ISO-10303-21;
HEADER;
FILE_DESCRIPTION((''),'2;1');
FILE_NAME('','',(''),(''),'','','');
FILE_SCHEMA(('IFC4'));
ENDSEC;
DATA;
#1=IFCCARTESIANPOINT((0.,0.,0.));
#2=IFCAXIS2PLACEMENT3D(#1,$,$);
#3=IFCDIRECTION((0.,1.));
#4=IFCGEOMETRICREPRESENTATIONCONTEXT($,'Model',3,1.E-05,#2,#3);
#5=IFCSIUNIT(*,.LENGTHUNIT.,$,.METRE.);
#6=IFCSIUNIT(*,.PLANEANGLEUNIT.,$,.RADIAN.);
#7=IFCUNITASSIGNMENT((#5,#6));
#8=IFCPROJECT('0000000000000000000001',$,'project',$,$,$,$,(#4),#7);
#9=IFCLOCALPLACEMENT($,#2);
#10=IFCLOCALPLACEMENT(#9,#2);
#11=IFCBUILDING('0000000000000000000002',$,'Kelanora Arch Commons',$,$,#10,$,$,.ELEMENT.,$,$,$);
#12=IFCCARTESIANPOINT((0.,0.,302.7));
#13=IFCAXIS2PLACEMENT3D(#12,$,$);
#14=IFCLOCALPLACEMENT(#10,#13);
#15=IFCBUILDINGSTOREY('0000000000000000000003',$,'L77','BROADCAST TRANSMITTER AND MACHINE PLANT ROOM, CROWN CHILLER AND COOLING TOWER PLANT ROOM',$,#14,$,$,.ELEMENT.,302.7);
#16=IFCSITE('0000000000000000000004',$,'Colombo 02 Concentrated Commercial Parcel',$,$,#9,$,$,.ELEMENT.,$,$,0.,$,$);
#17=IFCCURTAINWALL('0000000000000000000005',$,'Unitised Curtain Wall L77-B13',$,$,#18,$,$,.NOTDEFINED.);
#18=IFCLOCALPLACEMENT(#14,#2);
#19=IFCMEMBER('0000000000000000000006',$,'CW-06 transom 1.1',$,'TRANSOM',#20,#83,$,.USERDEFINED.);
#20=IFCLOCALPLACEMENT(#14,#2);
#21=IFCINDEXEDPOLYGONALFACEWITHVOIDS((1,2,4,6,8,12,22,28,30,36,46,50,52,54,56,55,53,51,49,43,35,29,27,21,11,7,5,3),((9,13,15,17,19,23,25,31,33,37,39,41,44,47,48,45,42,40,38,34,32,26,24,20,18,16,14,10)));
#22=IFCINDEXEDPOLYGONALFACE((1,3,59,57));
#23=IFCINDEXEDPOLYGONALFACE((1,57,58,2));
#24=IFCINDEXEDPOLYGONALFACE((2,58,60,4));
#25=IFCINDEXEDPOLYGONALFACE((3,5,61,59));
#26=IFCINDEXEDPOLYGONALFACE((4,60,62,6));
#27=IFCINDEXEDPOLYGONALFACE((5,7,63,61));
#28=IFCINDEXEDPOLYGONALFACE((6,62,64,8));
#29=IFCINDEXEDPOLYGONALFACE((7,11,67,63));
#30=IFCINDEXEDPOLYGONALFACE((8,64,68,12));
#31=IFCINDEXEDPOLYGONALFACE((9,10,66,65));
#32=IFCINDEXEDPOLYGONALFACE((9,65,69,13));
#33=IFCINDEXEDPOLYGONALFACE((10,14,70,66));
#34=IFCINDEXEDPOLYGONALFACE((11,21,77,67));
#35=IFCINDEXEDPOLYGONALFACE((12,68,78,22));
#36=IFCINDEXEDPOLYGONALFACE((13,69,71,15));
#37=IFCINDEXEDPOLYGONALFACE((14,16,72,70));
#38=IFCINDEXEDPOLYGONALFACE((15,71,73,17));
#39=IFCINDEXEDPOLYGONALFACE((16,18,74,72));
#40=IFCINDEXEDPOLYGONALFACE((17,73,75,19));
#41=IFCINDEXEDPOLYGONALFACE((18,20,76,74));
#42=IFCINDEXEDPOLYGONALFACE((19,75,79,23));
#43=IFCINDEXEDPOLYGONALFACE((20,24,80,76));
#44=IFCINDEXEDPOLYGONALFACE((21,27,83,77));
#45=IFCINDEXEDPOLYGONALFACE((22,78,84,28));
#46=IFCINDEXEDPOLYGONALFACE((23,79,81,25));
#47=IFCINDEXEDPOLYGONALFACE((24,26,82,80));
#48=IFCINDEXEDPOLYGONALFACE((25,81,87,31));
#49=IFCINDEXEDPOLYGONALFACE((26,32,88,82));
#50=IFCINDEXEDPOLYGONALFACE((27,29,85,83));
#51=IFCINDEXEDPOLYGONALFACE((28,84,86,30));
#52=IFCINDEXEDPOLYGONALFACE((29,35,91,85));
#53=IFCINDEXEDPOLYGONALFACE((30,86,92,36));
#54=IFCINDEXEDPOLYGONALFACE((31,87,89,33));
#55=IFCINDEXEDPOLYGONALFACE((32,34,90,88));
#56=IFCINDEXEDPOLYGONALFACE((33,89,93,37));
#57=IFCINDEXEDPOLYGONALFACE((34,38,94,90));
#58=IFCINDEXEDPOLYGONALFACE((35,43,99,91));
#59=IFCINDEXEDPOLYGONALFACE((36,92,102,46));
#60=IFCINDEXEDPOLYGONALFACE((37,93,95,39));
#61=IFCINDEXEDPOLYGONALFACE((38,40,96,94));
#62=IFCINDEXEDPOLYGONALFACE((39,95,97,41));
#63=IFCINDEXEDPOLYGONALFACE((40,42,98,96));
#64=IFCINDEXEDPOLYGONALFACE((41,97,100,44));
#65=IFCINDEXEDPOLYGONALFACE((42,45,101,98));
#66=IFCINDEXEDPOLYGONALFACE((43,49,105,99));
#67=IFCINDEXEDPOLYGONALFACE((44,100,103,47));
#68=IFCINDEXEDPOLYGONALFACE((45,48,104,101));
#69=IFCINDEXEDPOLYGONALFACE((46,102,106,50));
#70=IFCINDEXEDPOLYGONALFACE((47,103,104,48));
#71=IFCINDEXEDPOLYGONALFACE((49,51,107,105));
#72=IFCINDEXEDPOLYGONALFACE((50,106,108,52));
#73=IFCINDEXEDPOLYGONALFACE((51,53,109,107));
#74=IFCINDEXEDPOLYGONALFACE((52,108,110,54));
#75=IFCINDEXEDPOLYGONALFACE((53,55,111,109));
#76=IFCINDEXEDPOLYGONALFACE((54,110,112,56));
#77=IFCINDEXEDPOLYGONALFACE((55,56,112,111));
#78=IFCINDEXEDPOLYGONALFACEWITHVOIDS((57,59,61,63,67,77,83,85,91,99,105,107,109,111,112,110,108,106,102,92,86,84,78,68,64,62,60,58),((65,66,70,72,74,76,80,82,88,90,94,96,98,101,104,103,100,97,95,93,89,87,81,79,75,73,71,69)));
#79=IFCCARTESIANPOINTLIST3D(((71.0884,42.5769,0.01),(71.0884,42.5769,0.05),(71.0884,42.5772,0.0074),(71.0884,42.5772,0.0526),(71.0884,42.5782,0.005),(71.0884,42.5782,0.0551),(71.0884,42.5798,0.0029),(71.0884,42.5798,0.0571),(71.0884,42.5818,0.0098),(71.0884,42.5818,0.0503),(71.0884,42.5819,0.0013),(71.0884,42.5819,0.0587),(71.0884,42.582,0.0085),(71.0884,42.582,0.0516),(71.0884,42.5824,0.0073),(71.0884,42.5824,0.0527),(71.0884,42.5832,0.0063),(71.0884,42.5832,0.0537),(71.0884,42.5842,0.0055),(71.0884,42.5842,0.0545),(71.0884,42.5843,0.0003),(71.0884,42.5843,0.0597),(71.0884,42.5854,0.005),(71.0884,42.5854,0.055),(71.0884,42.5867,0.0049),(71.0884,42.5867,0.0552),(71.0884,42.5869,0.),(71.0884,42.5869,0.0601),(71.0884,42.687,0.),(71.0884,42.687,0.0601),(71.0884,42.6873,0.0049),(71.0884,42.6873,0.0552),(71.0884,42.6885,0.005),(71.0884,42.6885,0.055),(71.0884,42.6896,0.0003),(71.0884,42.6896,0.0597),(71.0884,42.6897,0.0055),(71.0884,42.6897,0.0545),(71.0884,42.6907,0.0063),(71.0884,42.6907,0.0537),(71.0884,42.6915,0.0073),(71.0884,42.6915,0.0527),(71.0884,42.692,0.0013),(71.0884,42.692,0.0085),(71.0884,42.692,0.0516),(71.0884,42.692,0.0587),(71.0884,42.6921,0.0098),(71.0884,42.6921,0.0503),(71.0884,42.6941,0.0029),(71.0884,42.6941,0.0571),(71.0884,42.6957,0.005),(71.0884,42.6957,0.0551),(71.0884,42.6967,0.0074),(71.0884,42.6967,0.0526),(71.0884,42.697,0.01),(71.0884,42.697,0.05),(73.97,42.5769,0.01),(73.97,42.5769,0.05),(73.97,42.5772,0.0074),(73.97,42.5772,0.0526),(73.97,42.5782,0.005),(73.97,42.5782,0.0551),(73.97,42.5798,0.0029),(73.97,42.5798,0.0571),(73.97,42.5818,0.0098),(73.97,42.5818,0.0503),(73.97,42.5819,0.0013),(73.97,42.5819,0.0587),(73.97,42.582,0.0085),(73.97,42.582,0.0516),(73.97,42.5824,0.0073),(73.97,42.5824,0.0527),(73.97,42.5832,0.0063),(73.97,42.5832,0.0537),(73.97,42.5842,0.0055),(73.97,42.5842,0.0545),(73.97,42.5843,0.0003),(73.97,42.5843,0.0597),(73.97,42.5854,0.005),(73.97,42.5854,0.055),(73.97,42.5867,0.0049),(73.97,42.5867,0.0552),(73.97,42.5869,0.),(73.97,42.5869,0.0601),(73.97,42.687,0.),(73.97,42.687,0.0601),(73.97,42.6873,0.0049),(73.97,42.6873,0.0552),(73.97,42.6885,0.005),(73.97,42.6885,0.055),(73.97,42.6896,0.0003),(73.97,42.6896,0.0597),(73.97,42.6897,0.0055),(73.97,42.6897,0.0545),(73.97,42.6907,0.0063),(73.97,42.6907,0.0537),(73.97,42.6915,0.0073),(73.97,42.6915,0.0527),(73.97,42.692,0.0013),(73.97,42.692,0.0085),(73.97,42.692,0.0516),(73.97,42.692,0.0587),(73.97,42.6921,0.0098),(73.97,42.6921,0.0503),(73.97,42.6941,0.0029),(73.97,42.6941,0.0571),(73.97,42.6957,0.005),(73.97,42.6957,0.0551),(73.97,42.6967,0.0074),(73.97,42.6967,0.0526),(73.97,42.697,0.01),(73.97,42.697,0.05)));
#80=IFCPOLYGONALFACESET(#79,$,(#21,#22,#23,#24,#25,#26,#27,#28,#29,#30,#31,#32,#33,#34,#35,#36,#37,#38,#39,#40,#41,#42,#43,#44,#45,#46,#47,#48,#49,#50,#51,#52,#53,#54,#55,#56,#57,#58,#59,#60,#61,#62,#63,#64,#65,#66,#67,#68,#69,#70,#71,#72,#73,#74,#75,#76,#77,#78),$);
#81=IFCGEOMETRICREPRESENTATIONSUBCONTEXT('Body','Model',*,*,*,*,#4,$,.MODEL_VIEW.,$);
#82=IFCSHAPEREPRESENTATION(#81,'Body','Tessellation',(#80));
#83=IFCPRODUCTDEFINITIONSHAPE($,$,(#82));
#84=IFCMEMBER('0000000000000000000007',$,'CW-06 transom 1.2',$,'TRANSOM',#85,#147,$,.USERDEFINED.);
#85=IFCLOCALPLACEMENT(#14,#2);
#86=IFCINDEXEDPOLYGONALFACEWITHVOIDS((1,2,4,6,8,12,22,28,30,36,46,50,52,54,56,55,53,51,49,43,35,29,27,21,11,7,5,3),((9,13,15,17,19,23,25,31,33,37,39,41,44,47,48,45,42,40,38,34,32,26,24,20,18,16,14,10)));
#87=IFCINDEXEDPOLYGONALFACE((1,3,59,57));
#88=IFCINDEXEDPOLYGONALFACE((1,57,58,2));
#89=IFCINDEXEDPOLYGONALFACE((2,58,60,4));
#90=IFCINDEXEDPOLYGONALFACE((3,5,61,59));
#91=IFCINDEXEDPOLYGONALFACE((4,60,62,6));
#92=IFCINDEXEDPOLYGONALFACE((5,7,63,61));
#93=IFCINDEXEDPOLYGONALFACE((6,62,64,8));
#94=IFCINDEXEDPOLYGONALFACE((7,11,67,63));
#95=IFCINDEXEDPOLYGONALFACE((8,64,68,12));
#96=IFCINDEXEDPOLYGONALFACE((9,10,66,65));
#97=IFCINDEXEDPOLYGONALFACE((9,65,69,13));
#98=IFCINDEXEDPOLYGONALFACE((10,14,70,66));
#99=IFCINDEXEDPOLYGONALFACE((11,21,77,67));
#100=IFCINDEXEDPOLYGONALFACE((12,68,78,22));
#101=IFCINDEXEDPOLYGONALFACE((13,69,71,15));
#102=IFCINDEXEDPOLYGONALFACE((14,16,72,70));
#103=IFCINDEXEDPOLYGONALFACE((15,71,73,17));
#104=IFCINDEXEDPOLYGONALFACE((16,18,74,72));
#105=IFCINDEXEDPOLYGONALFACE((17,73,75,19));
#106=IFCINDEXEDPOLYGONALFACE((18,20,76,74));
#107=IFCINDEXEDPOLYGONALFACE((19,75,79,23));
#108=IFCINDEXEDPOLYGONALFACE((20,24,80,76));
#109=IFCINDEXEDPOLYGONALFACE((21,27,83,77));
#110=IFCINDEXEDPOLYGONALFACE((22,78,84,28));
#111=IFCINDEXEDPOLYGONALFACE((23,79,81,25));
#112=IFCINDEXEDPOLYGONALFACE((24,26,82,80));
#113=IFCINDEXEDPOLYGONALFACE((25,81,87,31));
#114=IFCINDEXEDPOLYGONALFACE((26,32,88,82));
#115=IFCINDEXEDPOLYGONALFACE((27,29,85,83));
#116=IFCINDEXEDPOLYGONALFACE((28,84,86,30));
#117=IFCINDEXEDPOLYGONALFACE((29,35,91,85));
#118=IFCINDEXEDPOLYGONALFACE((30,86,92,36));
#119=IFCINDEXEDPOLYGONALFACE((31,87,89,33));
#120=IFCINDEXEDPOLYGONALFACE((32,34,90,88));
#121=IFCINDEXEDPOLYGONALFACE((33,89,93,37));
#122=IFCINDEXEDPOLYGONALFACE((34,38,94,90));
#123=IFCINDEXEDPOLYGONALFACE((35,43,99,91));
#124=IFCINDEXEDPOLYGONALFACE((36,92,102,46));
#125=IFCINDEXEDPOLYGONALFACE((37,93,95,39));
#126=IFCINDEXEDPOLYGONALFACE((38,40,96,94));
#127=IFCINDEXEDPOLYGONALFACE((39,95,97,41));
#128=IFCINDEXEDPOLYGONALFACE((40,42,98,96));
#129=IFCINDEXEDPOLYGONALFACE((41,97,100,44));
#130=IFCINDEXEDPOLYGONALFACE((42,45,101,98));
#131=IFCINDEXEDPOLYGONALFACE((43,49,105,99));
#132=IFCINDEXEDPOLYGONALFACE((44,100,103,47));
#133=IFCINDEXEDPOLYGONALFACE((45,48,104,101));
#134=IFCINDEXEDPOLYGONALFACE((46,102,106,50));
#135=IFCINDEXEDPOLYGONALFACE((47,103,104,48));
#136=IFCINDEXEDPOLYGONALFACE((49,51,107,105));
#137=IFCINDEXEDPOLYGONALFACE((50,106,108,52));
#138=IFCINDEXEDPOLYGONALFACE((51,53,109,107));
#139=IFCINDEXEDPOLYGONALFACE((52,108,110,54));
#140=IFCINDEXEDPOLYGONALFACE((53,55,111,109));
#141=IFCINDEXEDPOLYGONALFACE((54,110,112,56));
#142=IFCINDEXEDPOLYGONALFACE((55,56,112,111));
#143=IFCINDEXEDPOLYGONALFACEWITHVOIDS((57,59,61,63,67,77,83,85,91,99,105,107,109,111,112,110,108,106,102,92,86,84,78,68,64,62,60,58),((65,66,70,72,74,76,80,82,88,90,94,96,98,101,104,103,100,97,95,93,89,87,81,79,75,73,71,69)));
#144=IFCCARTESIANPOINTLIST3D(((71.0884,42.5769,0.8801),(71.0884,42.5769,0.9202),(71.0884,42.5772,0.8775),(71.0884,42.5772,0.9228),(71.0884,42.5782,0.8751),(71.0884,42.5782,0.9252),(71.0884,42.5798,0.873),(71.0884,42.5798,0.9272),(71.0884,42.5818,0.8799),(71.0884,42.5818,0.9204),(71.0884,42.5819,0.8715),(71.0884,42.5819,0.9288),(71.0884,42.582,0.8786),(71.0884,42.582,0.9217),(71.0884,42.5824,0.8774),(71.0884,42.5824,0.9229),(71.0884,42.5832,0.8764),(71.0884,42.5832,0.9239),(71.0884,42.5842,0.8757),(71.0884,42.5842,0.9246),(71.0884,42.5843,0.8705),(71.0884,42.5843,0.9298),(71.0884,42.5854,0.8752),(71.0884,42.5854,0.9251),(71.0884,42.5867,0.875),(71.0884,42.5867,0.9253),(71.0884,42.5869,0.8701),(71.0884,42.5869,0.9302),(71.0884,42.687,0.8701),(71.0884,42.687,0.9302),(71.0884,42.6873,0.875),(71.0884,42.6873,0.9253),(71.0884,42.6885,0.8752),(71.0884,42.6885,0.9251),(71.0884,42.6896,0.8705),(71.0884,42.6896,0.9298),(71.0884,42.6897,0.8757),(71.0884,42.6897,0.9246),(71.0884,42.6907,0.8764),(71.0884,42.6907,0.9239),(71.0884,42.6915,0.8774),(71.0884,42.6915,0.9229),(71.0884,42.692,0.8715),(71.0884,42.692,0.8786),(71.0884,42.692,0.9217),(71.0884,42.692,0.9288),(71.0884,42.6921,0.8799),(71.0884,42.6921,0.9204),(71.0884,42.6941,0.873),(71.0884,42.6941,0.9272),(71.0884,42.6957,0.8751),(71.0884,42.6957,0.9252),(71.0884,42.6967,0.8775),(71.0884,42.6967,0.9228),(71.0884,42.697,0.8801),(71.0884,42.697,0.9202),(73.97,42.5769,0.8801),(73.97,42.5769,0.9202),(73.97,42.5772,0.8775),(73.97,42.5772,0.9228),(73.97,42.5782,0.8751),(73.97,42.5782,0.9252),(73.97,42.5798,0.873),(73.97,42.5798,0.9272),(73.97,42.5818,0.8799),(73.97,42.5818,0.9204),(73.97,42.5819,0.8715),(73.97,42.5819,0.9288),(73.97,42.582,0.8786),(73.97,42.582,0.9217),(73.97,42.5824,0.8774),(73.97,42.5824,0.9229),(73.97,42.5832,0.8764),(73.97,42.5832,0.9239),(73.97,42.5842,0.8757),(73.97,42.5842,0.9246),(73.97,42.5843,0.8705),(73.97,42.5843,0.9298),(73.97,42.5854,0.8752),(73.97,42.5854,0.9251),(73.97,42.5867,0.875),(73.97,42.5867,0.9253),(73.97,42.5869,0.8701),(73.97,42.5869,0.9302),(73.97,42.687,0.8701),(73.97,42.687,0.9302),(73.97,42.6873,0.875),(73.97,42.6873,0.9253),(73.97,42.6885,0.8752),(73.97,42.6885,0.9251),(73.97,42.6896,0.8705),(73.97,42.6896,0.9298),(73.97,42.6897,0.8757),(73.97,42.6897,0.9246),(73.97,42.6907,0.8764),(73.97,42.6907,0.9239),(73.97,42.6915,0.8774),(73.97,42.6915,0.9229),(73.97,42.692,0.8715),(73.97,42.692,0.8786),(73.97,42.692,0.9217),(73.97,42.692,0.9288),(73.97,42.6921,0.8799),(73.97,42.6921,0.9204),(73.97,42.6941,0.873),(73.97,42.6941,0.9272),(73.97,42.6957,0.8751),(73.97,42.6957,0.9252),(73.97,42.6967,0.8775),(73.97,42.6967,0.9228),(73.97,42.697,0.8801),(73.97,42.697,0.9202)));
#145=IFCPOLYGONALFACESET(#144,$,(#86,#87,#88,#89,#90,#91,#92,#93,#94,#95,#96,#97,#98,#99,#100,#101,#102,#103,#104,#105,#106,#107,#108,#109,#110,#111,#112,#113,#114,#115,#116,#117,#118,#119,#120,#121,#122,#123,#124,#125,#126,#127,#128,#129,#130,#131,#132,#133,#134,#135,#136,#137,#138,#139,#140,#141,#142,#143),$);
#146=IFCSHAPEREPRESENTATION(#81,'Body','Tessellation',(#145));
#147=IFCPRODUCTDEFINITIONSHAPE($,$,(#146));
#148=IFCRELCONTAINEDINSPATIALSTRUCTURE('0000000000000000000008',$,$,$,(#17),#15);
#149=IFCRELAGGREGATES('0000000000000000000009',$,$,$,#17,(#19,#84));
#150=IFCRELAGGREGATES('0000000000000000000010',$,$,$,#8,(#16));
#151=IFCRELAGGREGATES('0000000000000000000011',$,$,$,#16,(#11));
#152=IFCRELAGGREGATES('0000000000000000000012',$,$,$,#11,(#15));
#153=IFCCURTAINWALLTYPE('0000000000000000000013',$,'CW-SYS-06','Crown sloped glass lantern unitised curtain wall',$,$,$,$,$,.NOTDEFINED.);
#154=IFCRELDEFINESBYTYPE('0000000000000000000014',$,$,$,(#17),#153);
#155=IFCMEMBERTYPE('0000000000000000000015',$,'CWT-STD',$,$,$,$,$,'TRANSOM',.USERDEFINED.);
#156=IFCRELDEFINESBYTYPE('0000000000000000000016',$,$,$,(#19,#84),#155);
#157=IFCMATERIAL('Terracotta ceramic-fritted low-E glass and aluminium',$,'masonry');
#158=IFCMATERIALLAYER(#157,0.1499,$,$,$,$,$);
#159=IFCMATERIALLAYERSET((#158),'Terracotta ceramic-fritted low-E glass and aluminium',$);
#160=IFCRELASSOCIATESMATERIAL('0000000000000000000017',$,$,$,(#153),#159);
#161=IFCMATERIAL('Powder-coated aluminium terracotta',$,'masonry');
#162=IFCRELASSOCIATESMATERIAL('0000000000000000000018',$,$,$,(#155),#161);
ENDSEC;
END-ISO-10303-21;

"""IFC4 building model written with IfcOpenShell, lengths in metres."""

from ifc_helpers import new_model, si_unit, direction, frame, origin, origin_2d, place, context, subcontext, project, spatial, hollow_rectangle, extrude, material, layer, layer_set, material_profile, profile_set, type_object, element, aggregate, save


model = new_model("IFC4")

# Units and contexts
model_context = context("Model", 3, precision=1e-05, world=origin(), true_north=direction((0.0, 1.0)))
body_context = subcontext(model_context, "Body", "Model", "MODEL_VIEW")
ifc_project = project(units=[si_unit("LENGTHUNIT", "METRE"), si_unit("PLANEANGLEUNIT", "RADIAN")], contexts=[model_context])

# Site, building, storey
site_placement = place(None, origin())
site = spatial("IfcSite", under=ifc_project, at=site_placement, Name="Colombo 02 Concentrated Commercial Parcel", CompositionType="ELEMENT", RefElevation=0.0)
building_placement = place(site_placement, origin())
building = spatial("IfcBuilding", under=site, at=building_placement, Name="Kelanora Arch Commons", CompositionType="ELEMENT")
storey_placement = place(building_placement, frame((0.0, 0.0, 302.7)))
storey = spatial("IfcBuildingStorey", under=building, at=storey_placement, Name="L77", Description="BROADCAST TRANSMITTER AND MACHINE PLANT ROOM, CROWN CHILLER AND COOLING TOWER PLANT ROOM", CompositionType="ELEMENT", Elevation=302.7)

# Curtain wall
ifc_material_1 = material(Name="Terracotta ceramic-fritted low-E glass and aluminium", Category="masonry")
ifc_layer_1 = layer(ifc_material_1, 0.1499)
ifc_layer_set_1 = layer_set([ifc_layer_1], Name="Terracotta ceramic-fritted low-E glass and aluminium")
curtain_wall_type = type_object("IfcCurtainWallType", Name="CW-SYS-06", Description="Crown sloped glass lantern unitised curtain wall", PredefinedType="NOTDEFINED", material=ifc_layer_set_1)
ifc_material_2 = material(Name="Powder-coated aluminium terracotta", Category="masonry")
curtain_wall_1_placement = place(storey_placement, origin())
curtain_wall_1 = element("IfcCurtainWall", 1, at=curtain_wall_1_placement, inside=storey, type_object=curtain_wall_type, Name="Unitised Curtain Wall L77-B13", PredefinedType="NOTDEFINED")

# Members
ifc_material_profile_1 = material_profile(ifc_material_2, hollow_rectangle(XDim=0.1201, YDim=0.0601, WallThickness=0.0049, InnerFilletRadius=0.0049, OuterFilletRadius=0.01, at=origin_2d()), Name="CWT120x60")
ifc_profile_set_1 = profile_set([ifc_material_profile_1], Name="Powder-coated aluminium terracotta")
member_type_1 = type_object("IfcMemberType", Name="CWT-STD", ElementType="TRANSOM", PredefinedType="USERDEFINED", material=ifc_profile_set_1)
member_1_placement = place(storey_placement, frame((71.0884, 42.637, 0.03), z_axis=(1.0, 0.0, 0.0), x_axis=(0.0, 1.0, 0.0)))
member_1 = element("IfcMember", 2, at=member_1_placement, type_object=member_type_1, Name="CW-06 transom 1.1", ObjectType="TRANSOM", PredefinedType="USERDEFINED", context=body_context, shape_type="SweptSolid", body=[
    extrude(hollow_rectangle(XDim=0.1201, YDim=0.0601, WallThickness=0.0049, InnerFilletRadius=0.0049, OuterFilletRadius=0.01, at=origin_2d()), origin(), (0.0, 0.0, 1.0), 2.8816),
])
member_2_placement = place(storey_placement, frame((71.0884, 42.637, 0.9001), z_axis=(1.0, 0.0, 0.0), x_axis=(0.0, 1.0, 0.0)))
member_2 = element("IfcMember", 3, at=member_2_placement, type_object=member_type_1, Name="CW-06 transom 1.2", ObjectType="TRANSOM", PredefinedType="USERDEFINED", context=body_context, shape_type="SweptSolid", body=[
    extrude(hollow_rectangle(XDim=0.1201, YDim=0.0601, WallThickness=0.0049, InnerFilletRadius=0.0049, OuterFilletRadius=0.01, at=origin_2d()), origin(), (0.0, 0.0, 1.0), 2.8816),
])

aggregate(curtain_wall_1, [member_1, member_2])

save(model, "model.ifc")
